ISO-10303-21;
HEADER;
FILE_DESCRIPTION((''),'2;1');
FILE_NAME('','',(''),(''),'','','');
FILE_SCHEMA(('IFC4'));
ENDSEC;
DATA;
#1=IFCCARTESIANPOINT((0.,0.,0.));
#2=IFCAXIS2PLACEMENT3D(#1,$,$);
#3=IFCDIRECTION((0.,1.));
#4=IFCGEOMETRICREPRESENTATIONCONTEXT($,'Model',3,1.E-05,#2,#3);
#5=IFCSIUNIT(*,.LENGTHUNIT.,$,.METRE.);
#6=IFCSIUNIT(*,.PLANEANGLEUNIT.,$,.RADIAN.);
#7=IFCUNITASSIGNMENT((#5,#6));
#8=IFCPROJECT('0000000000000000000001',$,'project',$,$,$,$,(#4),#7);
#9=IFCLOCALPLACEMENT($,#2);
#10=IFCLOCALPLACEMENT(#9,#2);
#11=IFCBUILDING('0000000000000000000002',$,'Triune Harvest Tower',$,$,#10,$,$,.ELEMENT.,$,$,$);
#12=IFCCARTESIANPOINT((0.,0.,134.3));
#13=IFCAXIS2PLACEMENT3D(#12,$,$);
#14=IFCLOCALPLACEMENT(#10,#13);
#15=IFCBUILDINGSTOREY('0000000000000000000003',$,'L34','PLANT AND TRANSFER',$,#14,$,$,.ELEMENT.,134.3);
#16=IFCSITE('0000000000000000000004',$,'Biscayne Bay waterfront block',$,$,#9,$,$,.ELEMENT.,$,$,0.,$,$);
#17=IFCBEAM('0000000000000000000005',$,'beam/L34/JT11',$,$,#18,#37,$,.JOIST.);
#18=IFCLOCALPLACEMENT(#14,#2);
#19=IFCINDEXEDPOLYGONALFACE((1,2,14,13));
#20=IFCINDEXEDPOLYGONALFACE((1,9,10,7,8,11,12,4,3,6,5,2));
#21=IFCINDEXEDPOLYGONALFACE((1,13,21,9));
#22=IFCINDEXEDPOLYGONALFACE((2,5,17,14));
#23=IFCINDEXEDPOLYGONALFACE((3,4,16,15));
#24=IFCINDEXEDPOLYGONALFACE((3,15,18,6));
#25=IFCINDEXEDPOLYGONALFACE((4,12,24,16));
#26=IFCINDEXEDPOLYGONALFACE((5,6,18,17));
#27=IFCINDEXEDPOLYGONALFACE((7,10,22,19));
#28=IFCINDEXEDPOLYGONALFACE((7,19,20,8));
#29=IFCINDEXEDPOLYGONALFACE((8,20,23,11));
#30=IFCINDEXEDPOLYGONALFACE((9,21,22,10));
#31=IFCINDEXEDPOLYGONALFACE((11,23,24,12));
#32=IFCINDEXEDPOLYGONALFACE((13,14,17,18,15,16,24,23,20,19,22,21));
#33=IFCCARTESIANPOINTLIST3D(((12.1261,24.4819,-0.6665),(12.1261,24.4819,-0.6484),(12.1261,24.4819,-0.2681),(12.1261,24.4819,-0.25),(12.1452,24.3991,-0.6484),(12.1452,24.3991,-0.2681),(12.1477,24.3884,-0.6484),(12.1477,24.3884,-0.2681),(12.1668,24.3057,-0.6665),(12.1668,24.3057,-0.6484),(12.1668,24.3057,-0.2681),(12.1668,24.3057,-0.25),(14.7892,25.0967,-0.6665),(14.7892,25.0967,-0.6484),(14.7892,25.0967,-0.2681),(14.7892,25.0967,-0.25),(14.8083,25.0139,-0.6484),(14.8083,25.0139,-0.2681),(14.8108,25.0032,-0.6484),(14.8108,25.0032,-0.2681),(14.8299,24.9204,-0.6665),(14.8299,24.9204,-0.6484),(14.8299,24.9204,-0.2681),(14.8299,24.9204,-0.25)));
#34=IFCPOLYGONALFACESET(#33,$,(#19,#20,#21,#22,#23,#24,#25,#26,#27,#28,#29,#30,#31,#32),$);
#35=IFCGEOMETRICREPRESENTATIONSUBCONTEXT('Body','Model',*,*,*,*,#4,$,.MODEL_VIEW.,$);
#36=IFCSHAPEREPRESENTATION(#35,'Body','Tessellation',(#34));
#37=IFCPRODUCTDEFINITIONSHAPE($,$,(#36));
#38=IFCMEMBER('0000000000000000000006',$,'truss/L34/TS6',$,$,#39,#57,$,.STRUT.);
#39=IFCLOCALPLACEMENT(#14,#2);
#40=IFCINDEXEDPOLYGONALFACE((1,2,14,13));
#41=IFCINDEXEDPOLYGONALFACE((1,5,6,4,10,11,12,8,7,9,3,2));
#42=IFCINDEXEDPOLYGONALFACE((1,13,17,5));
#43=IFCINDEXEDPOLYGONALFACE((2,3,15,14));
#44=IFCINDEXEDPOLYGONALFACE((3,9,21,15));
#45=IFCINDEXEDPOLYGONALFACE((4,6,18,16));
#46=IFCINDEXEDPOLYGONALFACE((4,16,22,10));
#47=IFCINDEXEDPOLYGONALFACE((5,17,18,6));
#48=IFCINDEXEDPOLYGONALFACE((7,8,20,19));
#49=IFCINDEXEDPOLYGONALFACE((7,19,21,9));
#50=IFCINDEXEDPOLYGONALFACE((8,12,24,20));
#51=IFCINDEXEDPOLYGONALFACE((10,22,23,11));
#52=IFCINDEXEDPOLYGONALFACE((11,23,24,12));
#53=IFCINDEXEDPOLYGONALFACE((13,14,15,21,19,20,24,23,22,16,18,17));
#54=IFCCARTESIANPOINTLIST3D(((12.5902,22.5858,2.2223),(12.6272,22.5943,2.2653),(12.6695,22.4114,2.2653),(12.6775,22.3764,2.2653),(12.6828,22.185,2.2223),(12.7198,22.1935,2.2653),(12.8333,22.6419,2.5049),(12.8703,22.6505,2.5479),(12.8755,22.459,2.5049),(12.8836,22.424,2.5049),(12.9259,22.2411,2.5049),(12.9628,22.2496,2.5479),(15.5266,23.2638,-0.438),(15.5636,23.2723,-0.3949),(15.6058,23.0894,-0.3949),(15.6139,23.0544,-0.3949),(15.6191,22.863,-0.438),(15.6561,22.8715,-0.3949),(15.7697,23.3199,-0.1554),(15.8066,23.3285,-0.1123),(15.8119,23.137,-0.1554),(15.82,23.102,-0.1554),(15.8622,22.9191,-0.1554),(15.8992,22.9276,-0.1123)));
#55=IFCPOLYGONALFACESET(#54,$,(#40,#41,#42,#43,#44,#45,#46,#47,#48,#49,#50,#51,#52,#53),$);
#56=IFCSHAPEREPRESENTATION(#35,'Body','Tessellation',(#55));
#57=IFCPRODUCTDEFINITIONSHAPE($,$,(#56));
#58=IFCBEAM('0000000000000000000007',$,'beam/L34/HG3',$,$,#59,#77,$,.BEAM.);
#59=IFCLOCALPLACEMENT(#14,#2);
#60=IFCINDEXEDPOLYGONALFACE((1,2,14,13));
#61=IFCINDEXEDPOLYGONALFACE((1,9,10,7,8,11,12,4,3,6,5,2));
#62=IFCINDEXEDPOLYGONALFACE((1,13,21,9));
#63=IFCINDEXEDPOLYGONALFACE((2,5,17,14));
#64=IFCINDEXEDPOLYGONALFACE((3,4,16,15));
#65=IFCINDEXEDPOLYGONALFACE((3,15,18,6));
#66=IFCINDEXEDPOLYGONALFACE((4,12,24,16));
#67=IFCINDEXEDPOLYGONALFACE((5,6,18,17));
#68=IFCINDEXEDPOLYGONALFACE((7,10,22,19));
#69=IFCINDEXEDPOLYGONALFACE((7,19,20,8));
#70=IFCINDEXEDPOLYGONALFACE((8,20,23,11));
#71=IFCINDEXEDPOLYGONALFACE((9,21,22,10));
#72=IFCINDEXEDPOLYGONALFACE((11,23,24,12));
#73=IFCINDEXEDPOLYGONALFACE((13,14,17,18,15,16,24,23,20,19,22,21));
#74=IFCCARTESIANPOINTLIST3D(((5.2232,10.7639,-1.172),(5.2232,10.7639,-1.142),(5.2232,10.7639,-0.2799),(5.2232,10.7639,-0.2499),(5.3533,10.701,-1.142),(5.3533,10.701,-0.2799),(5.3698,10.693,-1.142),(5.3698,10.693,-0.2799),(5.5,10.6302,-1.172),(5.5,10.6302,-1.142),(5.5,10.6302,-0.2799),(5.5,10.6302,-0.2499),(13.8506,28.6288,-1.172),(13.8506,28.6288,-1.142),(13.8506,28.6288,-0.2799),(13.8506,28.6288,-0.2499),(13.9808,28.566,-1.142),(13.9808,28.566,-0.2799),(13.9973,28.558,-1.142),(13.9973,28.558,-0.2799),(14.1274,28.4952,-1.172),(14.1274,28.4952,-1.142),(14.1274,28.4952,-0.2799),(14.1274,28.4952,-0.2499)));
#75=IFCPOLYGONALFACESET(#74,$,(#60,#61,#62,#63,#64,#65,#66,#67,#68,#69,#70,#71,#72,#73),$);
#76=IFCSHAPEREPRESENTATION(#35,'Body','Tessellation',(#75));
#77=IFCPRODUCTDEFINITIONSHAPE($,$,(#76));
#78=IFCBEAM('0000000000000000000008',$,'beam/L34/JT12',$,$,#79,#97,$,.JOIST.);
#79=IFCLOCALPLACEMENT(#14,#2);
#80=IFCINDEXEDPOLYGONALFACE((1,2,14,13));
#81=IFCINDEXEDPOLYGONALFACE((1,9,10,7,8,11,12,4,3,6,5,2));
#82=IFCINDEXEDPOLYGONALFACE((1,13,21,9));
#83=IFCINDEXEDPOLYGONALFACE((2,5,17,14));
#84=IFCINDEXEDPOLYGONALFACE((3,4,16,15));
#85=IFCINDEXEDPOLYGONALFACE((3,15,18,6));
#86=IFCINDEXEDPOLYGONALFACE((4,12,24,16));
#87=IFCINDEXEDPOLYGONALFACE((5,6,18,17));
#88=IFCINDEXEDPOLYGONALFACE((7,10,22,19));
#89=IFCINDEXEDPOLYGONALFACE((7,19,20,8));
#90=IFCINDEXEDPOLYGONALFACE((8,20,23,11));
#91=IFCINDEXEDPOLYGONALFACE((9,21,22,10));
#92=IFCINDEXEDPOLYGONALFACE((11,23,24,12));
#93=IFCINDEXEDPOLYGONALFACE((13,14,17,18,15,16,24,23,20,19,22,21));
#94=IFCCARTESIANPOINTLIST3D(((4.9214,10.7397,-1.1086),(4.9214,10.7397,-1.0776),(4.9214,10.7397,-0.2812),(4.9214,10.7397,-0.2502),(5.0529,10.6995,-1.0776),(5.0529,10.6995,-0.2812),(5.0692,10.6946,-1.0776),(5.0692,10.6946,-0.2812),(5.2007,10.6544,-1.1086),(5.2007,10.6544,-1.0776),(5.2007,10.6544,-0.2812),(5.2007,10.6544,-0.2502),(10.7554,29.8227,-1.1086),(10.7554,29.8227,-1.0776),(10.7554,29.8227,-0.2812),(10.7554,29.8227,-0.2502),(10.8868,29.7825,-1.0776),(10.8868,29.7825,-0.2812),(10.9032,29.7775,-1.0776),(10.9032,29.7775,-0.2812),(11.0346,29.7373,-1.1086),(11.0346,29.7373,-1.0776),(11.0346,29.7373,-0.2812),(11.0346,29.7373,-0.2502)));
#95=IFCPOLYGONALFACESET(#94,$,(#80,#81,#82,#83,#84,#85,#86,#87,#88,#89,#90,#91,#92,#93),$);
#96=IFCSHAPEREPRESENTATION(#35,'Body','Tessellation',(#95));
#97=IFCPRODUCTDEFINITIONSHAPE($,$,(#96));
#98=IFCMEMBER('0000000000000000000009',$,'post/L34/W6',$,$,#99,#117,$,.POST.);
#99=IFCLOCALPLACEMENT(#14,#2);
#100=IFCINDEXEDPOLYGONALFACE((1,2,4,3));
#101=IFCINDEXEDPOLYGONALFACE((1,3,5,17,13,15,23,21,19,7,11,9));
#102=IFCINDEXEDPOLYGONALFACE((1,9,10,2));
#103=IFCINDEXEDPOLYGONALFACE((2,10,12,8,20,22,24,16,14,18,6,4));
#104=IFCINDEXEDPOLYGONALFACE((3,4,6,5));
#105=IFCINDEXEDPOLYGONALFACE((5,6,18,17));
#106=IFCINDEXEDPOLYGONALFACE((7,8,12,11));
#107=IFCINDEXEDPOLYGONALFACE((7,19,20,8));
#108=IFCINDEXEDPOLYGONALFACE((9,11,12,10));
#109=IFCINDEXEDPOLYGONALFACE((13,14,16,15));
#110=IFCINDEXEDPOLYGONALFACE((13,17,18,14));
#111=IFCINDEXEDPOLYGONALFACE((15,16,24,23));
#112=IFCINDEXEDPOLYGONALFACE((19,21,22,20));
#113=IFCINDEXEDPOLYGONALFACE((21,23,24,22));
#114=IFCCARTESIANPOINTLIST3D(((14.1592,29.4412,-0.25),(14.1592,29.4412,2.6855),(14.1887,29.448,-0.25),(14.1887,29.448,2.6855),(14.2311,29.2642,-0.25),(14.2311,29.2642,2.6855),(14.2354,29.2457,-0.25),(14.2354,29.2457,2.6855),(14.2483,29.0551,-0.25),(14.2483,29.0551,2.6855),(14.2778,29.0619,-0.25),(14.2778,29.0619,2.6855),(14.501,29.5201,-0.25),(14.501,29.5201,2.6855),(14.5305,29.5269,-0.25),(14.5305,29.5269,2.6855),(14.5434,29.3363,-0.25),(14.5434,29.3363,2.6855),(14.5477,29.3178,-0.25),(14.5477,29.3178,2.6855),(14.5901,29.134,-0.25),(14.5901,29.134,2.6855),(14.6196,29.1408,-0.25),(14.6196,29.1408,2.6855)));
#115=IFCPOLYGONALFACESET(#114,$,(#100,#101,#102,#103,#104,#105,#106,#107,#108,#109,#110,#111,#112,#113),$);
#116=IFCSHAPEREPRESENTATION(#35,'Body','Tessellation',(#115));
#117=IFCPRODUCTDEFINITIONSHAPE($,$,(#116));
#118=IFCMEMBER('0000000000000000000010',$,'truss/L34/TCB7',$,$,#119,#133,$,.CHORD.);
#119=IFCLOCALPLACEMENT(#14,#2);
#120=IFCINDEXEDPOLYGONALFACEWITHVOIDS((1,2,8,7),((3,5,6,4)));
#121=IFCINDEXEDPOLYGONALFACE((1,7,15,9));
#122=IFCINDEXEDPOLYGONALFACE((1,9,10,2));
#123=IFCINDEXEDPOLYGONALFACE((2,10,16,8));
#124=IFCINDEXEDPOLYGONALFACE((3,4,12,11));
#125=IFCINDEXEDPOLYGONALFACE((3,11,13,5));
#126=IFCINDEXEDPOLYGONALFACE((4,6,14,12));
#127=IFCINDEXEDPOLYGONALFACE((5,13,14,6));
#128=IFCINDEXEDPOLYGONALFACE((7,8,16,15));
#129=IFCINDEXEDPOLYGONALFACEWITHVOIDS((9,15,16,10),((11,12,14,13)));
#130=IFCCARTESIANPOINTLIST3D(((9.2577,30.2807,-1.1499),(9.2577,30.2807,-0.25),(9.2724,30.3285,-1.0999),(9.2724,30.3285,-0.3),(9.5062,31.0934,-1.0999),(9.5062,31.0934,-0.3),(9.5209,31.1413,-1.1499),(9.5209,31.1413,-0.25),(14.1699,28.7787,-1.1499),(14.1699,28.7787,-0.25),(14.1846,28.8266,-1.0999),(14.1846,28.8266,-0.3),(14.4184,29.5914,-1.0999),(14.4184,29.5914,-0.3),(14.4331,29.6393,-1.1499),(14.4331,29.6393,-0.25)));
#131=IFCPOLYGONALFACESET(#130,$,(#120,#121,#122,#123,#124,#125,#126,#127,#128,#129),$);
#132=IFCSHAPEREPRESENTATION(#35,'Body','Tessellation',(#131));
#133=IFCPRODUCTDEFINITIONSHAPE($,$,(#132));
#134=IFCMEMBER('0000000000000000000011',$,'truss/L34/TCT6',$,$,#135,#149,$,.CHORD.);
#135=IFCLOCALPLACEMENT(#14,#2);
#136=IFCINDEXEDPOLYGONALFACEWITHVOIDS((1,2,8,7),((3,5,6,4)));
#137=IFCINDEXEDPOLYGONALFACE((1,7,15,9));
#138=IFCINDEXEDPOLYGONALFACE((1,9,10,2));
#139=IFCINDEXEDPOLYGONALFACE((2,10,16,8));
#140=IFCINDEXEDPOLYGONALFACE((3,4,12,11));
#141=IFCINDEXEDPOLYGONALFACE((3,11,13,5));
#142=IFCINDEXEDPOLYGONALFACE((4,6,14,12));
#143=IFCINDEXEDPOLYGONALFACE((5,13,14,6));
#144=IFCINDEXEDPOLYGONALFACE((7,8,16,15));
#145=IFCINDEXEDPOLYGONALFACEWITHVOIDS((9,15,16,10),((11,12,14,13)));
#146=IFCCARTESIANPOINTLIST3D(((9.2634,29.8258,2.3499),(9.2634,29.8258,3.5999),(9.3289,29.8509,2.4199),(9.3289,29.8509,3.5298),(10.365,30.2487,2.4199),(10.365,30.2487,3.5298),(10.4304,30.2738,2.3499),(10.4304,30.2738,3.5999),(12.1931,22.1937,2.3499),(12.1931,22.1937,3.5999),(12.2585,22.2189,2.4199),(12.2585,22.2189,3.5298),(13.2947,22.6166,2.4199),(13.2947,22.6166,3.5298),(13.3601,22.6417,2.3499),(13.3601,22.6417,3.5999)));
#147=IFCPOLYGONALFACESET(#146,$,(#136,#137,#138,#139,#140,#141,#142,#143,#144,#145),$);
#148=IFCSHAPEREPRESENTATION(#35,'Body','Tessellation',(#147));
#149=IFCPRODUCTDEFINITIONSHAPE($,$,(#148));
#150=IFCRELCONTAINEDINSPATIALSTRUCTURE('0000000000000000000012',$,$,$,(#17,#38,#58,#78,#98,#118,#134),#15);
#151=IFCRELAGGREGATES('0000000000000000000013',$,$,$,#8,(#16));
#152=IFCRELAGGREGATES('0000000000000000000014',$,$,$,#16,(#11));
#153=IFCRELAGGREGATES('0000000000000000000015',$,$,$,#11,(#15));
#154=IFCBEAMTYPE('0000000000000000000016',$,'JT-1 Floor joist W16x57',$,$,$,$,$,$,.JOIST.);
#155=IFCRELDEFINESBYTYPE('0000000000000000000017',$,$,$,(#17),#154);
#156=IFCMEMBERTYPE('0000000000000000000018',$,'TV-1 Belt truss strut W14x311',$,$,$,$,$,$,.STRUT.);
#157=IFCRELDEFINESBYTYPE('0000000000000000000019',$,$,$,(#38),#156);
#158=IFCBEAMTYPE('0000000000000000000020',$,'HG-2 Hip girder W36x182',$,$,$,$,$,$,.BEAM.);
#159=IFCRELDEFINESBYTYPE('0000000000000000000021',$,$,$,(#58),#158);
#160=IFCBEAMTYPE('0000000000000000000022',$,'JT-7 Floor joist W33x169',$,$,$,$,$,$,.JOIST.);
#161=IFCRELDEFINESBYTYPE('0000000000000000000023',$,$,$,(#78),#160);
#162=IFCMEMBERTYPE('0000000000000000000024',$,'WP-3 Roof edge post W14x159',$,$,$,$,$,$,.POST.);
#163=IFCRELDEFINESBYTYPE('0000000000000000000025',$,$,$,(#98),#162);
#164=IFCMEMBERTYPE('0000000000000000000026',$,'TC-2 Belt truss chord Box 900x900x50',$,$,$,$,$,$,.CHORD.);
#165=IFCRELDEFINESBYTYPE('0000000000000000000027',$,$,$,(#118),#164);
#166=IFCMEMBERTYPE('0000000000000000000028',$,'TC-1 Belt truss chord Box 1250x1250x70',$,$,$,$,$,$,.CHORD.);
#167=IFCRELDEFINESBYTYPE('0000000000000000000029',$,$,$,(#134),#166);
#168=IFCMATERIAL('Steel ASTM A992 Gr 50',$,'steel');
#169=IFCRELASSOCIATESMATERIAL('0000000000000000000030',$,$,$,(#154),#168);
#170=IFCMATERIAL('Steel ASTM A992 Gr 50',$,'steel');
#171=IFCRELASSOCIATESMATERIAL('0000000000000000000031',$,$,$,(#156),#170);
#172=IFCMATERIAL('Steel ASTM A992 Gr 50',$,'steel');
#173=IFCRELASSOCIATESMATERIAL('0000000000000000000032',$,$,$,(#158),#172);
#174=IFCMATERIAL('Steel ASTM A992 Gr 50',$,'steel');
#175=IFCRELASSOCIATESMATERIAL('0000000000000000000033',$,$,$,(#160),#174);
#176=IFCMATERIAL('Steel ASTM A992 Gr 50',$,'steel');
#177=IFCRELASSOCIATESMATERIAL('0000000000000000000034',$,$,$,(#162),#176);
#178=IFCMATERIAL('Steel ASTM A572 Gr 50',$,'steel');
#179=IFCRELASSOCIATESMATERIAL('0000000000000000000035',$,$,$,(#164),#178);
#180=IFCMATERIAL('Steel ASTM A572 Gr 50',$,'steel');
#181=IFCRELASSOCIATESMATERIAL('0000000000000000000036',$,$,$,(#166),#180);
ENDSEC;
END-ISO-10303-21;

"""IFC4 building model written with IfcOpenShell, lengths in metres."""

from ifc_helpers import new_model, si_unit, direction, frame, origin, origin_2d, place, context, subcontext, project, spatial, hollow_rectangle, i_section, extrude, source, transform, mapped, material, material_profile, profile_set, type_object, element, save


model = new_model("IFC4")

# Units and contexts
model_context = context("Model", 3, precision=1e-05, world=origin(), true_north=direction((0.0, 1.0)))
body_context = subcontext(model_context, "Body", "Model", "MODEL_VIEW")
ifc_project = project(units=[si_unit("LENGTHUNIT", "METRE"), si_unit("PLANEANGLEUNIT", "RADIAN")], contexts=[model_context])

# Site, building, storey
site_placement = place(None, origin())
site = spatial("IfcSite", under=ifc_project, at=site_placement, Name="Biscayne Bay waterfront block", CompositionType="ELEMENT", RefElevation=0.0)
building_placement = place(site_placement, origin())
building = spatial("IfcBuilding", under=site, at=building_placement, Name="Triune Harvest Tower", CompositionType="ELEMENT")
storey_placement = place(building_placement, frame((0.0, 0.0, 134.3)))
storey = spatial("IfcBuildingStorey", under=building, at=storey_placement, Name="L34", Description="PLANT AND TRANSFER", CompositionType="ELEMENT", Elevation=134.3)

# Beam
ifc_material_1 = material(Name="Steel ASTM A992 Gr 50", Category="steel")
ifc_material_profile_1 = material_profile(ifc_material_1, i_section(OverallWidth=0.1809, OverallDepth=0.4165, WebThickness=0.011, FlangeThickness=0.0181, at=origin_2d()), Name="W16x57")
ifc_profile_set_1 = profile_set([ifc_material_profile_1], Name="Steel ASTM A992 Gr 50")
beam_type_1 = type_object("IfcBeamType", Name="JT-1 Floor joist W16x57", PredefinedType="JOIST", material=ifc_profile_set_1)
beam_1_placement = place(storey_placement, frame((14.8096, 25.0085, -0.4583), z_axis=(-0.974376, -0.224925, 0.0), x_axis=(0.224925, -0.974376, 0.0)))
element("IfcBeam", 1, at=beam_1_placement, inside=storey, type_object=beam_type_1, Name="beam/L34/JT11", PredefinedType="JOIST", context=body_context, shape_type="SweptSolid", body=[
    extrude(i_section(OverallWidth=0.1809, OverallDepth=0.4165, WebThickness=0.011, FlangeThickness=0.0181, at=origin_2d()), origin(), (0.0, 0.0, 1.0), 2.7332),
])

# Member
ifc_material_2 = material(Name="Steel ASTM A992 Gr 50", Category="steel")
ifc_material_profile_2 = material_profile(ifc_material_2, i_section(OverallWidth=0.4114, OverallDepth=0.4343, WebThickness=0.0359, FlangeThickness=0.0574, at=origin_2d()), Name="W14x311")
ifc_profile_set_2 = profile_set([ifc_material_profile_2], Name="Steel ASTM A992 Gr 50")
member_type_1 = type_object("IfcMemberType", Name="TV-1 Belt truss strut W14x311", PredefinedType="STRUT", material=ifc_profile_set_2)
member_1_placement = place(storey_placement, frame((15.7129, 23.0957, -0.2751), z_axis=(-0.730476, -0.168665, 0.661783), x_axis=(0.224978, -0.974364, 0.0)))
element("IfcMember", 2, at=member_1_placement, inside=storey, type_object=member_type_1, Name="truss/L34/TS6", PredefinedType="STRUT", context=body_context, shape_type="SweptSolid", body=[
    extrude(i_section(OverallWidth=0.4114, OverallDepth=0.4343, WebThickness=0.0359, FlangeThickness=0.0574, at=origin_2d()), origin(), (0.0, 0.0, 1.0), 4.0198),
])

# Beams
ifc_material_3 = material(Name="Steel ASTM A992 Gr 50", Category="steel")
ifc_material_profile_3 = material_profile(ifc_material_3, i_section(OverallWidth=0.3074, OverallDepth=0.9221, WebThickness=0.0183, FlangeThickness=0.03, at=origin_2d()), Name="W36x182")
ifc_profile_set_3 = profile_set([ifc_material_profile_3], Name="Steel ASTM A992 Gr 50")
beam_type_2 = type_object("IfcBeamType", Name="HG-2 Hip girder W36x182", PredefinedType="BEAM", material=ifc_profile_set_3)
shared_shape_1 = source(origin(), body_context, "Body", "SweptSolid", [
    extrude(i_section(OverallWidth=0.3074, OverallDepth=0.9221, WebThickness=0.0183, FlangeThickness=0.03, at=origin_2d()), origin(), (0.0, 0.0, 1.0), 19.8391),
])
beam_2_placement = place(storey_placement, frame((13.989, 28.562, -0.7109), z_axis=(-0.43487, -0.900493, 0.0), x_axis=(0.900493, -0.43487, 0.0)))
element("IfcBeam", 3, at=beam_2_placement, inside=storey, type_object=beam_type_2, Name="beam/L34/HG3", PredefinedType="BEAM", context=body_context, shape_type="MappedRepresentation", body=[
    mapped(shared_shape_1, transform((0.0, 0.0, 0.0), scale=1.0)),
])
ifc_material_4 = material(Name="Steel ASTM A992 Gr 50", Category="steel")
ifc_material_profile_4 = material_profile(ifc_material_4, i_section(OverallWidth=0.292, OverallDepth=0.8584, WebThickness=0.0171, FlangeThickness=0.031, at=origin_2d()), Name="W33x169")
ifc_profile_set_4 = profile_set([ifc_material_profile_4], Name="Steel ASTM A992 Gr 50")
beam_type_3 = type_object("IfcBeamType", Name="JT-7 Floor joist W33x169", PredefinedType="JOIST", material=ifc_profile_set_4)
shared_shape_2 = source(origin(), body_context, "Body", "SweptSolid", [
    extrude(i_section(OverallWidth=0.292, OverallDepth=0.8584, WebThickness=0.0171, FlangeThickness=0.031, at=origin_2d()), origin(), (0.0, 0.0, 1.0), 19.9548),
])
beam_3_placement = place(storey_placement, frame((10.895, 29.78, -0.6794), z_axis=(-0.292359, -0.956309, 0.0), x_axis=(0.956309, -0.292359, 0.0)))
element("IfcBeam", 4, at=beam_3_placement, inside=storey, type_object=beam_type_3, Name="beam/L34/JT12", PredefinedType="JOIST", context=body_context, shape_type="MappedRepresentation", body=[
    mapped(shared_shape_2, transform((0.0, 0.0, 0.0), scale=1.0)),
])

# Members
ifc_material_5 = material(Name="Steel ASTM A992 Gr 50", Category="steel")
ifc_material_profile_5 = material_profile(ifc_material_5, i_section(OverallWidth=0.3962, OverallDepth=0.3811, WebThickness=0.019, FlangeThickness=0.0303, at=origin_2d()), Name="W14x159")
ifc_profile_set_5 = profile_set([ifc_material_profile_5], Name="Steel ASTM A992 Gr 50")
member_type_2 = type_object("IfcMemberType", Name="WP-3 Roof edge post W14x159", PredefinedType="POST", material=ifc_profile_set_5)
shared_shape_3 = source(origin(), body_context, "Body", "SweptSolid", [
    extrude(i_section(OverallWidth=0.3962, OverallDepth=0.3811, WebThickness=0.019, FlangeThickness=0.0303, at=origin_2d()), origin(), (0.0, 0.0, 1.0), 2.9355),
])
member_2_placement = place(storey_placement, frame((14.3894, 29.291, -0.25), z_axis=(0.0, 0.0, 1.0), x_axis=(-0.224953, 0.97437, 0.0)))
element("IfcMember", 5, at=member_2_placement, inside=storey, type_object=member_type_2, Name="post/L34/W6", PredefinedType="POST", context=body_context, shape_type="MappedRepresentation", body=[
    mapped(shared_shape_3, transform((0.0, 0.0, 0.0), scale=1.0)),
])
ifc_material_6 = material(Name="Steel ASTM A572 Gr 50", Category="steel")
ifc_material_profile_6 = material_profile(ifc_material_6, hollow_rectangle(XDim=0.8999, YDim=0.8999, WallThickness=0.05, at=origin_2d()), Name="Box 900x900x50")
ifc_profile_set_6 = profile_set([ifc_material_profile_6], Name="Steel ASTM A572 Gr 50")
member_type_3 = type_object("IfcMemberType", Name="TC-2 Belt truss chord Box 900x900x50", PredefinedType="CHORD", material=ifc_profile_set_6)
shared_shape_4 = source(origin(), body_context, "Body", "SweptSolid", [
    extrude(hollow_rectangle(XDim=0.8999, YDim=0.8999, WallThickness=0.05, at=origin_2d()), origin(), (0.0, 0.0, 1.0), 5.1367),
])
member_3_placement = place(storey_placement, frame((14.3015, 29.209, -0.7), z_axis=(-0.956295, 0.292402, 0.0), x_axis=(-0.292402, -0.956295, 0.0)))
element("IfcMember", 6, at=member_3_placement, inside=storey, type_object=member_type_3, Name="truss/L34/TCB7", PredefinedType="CHORD", context=body_context, shape_type="MappedRepresentation", body=[
    mapped(shared_shape_4, transform((0.0, 0.0, 0.0), scale=1.0)),
])
ifc_material_7 = material(Name="Steel ASTM A572 Gr 50", Category="steel")
ifc_material_profile_7 = material_profile(ifc_material_7, hollow_rectangle(XDim=1.25, YDim=1.25, WallThickness=0.0701, at=origin_2d()), Name="Box 1250x1250x70")
ifc_profile_set_7 = profile_set([ifc_material_profile_7], Name="Steel ASTM A572 Gr 50")
member_type_4 = type_object("IfcMemberType", Name="TC-1 Belt truss chord Box 1250x1250x70", PredefinedType="CHORD", material=ifc_profile_set_7)
shared_shape_5 = source(origin(), body_context, "Body", "SweptSolid", [
    extrude(hollow_rectangle(XDim=1.25, YDim=1.25, WallThickness=0.0701, at=origin_2d()), origin(), (0.0, 0.0, 1.0), 8.175),
])
member_4_placement = place(storey_placement, frame((12.7766, 22.4177, 2.9749), z_axis=(-0.358369, 0.93358, 0.0), x_axis=(-0.93358, -0.358369, 0.0)))
element("IfcMember", 7, at=member_4_placement, inside=storey, type_object=member_type_4, Name="truss/L34/TCT6", PredefinedType="CHORD", context=body_context, shape_type="MappedRepresentation", body=[
    mapped(shared_shape_5, transform((0.0, 0.0, 0.0), scale=1.0)),
])

save(model, "model.ifc")
